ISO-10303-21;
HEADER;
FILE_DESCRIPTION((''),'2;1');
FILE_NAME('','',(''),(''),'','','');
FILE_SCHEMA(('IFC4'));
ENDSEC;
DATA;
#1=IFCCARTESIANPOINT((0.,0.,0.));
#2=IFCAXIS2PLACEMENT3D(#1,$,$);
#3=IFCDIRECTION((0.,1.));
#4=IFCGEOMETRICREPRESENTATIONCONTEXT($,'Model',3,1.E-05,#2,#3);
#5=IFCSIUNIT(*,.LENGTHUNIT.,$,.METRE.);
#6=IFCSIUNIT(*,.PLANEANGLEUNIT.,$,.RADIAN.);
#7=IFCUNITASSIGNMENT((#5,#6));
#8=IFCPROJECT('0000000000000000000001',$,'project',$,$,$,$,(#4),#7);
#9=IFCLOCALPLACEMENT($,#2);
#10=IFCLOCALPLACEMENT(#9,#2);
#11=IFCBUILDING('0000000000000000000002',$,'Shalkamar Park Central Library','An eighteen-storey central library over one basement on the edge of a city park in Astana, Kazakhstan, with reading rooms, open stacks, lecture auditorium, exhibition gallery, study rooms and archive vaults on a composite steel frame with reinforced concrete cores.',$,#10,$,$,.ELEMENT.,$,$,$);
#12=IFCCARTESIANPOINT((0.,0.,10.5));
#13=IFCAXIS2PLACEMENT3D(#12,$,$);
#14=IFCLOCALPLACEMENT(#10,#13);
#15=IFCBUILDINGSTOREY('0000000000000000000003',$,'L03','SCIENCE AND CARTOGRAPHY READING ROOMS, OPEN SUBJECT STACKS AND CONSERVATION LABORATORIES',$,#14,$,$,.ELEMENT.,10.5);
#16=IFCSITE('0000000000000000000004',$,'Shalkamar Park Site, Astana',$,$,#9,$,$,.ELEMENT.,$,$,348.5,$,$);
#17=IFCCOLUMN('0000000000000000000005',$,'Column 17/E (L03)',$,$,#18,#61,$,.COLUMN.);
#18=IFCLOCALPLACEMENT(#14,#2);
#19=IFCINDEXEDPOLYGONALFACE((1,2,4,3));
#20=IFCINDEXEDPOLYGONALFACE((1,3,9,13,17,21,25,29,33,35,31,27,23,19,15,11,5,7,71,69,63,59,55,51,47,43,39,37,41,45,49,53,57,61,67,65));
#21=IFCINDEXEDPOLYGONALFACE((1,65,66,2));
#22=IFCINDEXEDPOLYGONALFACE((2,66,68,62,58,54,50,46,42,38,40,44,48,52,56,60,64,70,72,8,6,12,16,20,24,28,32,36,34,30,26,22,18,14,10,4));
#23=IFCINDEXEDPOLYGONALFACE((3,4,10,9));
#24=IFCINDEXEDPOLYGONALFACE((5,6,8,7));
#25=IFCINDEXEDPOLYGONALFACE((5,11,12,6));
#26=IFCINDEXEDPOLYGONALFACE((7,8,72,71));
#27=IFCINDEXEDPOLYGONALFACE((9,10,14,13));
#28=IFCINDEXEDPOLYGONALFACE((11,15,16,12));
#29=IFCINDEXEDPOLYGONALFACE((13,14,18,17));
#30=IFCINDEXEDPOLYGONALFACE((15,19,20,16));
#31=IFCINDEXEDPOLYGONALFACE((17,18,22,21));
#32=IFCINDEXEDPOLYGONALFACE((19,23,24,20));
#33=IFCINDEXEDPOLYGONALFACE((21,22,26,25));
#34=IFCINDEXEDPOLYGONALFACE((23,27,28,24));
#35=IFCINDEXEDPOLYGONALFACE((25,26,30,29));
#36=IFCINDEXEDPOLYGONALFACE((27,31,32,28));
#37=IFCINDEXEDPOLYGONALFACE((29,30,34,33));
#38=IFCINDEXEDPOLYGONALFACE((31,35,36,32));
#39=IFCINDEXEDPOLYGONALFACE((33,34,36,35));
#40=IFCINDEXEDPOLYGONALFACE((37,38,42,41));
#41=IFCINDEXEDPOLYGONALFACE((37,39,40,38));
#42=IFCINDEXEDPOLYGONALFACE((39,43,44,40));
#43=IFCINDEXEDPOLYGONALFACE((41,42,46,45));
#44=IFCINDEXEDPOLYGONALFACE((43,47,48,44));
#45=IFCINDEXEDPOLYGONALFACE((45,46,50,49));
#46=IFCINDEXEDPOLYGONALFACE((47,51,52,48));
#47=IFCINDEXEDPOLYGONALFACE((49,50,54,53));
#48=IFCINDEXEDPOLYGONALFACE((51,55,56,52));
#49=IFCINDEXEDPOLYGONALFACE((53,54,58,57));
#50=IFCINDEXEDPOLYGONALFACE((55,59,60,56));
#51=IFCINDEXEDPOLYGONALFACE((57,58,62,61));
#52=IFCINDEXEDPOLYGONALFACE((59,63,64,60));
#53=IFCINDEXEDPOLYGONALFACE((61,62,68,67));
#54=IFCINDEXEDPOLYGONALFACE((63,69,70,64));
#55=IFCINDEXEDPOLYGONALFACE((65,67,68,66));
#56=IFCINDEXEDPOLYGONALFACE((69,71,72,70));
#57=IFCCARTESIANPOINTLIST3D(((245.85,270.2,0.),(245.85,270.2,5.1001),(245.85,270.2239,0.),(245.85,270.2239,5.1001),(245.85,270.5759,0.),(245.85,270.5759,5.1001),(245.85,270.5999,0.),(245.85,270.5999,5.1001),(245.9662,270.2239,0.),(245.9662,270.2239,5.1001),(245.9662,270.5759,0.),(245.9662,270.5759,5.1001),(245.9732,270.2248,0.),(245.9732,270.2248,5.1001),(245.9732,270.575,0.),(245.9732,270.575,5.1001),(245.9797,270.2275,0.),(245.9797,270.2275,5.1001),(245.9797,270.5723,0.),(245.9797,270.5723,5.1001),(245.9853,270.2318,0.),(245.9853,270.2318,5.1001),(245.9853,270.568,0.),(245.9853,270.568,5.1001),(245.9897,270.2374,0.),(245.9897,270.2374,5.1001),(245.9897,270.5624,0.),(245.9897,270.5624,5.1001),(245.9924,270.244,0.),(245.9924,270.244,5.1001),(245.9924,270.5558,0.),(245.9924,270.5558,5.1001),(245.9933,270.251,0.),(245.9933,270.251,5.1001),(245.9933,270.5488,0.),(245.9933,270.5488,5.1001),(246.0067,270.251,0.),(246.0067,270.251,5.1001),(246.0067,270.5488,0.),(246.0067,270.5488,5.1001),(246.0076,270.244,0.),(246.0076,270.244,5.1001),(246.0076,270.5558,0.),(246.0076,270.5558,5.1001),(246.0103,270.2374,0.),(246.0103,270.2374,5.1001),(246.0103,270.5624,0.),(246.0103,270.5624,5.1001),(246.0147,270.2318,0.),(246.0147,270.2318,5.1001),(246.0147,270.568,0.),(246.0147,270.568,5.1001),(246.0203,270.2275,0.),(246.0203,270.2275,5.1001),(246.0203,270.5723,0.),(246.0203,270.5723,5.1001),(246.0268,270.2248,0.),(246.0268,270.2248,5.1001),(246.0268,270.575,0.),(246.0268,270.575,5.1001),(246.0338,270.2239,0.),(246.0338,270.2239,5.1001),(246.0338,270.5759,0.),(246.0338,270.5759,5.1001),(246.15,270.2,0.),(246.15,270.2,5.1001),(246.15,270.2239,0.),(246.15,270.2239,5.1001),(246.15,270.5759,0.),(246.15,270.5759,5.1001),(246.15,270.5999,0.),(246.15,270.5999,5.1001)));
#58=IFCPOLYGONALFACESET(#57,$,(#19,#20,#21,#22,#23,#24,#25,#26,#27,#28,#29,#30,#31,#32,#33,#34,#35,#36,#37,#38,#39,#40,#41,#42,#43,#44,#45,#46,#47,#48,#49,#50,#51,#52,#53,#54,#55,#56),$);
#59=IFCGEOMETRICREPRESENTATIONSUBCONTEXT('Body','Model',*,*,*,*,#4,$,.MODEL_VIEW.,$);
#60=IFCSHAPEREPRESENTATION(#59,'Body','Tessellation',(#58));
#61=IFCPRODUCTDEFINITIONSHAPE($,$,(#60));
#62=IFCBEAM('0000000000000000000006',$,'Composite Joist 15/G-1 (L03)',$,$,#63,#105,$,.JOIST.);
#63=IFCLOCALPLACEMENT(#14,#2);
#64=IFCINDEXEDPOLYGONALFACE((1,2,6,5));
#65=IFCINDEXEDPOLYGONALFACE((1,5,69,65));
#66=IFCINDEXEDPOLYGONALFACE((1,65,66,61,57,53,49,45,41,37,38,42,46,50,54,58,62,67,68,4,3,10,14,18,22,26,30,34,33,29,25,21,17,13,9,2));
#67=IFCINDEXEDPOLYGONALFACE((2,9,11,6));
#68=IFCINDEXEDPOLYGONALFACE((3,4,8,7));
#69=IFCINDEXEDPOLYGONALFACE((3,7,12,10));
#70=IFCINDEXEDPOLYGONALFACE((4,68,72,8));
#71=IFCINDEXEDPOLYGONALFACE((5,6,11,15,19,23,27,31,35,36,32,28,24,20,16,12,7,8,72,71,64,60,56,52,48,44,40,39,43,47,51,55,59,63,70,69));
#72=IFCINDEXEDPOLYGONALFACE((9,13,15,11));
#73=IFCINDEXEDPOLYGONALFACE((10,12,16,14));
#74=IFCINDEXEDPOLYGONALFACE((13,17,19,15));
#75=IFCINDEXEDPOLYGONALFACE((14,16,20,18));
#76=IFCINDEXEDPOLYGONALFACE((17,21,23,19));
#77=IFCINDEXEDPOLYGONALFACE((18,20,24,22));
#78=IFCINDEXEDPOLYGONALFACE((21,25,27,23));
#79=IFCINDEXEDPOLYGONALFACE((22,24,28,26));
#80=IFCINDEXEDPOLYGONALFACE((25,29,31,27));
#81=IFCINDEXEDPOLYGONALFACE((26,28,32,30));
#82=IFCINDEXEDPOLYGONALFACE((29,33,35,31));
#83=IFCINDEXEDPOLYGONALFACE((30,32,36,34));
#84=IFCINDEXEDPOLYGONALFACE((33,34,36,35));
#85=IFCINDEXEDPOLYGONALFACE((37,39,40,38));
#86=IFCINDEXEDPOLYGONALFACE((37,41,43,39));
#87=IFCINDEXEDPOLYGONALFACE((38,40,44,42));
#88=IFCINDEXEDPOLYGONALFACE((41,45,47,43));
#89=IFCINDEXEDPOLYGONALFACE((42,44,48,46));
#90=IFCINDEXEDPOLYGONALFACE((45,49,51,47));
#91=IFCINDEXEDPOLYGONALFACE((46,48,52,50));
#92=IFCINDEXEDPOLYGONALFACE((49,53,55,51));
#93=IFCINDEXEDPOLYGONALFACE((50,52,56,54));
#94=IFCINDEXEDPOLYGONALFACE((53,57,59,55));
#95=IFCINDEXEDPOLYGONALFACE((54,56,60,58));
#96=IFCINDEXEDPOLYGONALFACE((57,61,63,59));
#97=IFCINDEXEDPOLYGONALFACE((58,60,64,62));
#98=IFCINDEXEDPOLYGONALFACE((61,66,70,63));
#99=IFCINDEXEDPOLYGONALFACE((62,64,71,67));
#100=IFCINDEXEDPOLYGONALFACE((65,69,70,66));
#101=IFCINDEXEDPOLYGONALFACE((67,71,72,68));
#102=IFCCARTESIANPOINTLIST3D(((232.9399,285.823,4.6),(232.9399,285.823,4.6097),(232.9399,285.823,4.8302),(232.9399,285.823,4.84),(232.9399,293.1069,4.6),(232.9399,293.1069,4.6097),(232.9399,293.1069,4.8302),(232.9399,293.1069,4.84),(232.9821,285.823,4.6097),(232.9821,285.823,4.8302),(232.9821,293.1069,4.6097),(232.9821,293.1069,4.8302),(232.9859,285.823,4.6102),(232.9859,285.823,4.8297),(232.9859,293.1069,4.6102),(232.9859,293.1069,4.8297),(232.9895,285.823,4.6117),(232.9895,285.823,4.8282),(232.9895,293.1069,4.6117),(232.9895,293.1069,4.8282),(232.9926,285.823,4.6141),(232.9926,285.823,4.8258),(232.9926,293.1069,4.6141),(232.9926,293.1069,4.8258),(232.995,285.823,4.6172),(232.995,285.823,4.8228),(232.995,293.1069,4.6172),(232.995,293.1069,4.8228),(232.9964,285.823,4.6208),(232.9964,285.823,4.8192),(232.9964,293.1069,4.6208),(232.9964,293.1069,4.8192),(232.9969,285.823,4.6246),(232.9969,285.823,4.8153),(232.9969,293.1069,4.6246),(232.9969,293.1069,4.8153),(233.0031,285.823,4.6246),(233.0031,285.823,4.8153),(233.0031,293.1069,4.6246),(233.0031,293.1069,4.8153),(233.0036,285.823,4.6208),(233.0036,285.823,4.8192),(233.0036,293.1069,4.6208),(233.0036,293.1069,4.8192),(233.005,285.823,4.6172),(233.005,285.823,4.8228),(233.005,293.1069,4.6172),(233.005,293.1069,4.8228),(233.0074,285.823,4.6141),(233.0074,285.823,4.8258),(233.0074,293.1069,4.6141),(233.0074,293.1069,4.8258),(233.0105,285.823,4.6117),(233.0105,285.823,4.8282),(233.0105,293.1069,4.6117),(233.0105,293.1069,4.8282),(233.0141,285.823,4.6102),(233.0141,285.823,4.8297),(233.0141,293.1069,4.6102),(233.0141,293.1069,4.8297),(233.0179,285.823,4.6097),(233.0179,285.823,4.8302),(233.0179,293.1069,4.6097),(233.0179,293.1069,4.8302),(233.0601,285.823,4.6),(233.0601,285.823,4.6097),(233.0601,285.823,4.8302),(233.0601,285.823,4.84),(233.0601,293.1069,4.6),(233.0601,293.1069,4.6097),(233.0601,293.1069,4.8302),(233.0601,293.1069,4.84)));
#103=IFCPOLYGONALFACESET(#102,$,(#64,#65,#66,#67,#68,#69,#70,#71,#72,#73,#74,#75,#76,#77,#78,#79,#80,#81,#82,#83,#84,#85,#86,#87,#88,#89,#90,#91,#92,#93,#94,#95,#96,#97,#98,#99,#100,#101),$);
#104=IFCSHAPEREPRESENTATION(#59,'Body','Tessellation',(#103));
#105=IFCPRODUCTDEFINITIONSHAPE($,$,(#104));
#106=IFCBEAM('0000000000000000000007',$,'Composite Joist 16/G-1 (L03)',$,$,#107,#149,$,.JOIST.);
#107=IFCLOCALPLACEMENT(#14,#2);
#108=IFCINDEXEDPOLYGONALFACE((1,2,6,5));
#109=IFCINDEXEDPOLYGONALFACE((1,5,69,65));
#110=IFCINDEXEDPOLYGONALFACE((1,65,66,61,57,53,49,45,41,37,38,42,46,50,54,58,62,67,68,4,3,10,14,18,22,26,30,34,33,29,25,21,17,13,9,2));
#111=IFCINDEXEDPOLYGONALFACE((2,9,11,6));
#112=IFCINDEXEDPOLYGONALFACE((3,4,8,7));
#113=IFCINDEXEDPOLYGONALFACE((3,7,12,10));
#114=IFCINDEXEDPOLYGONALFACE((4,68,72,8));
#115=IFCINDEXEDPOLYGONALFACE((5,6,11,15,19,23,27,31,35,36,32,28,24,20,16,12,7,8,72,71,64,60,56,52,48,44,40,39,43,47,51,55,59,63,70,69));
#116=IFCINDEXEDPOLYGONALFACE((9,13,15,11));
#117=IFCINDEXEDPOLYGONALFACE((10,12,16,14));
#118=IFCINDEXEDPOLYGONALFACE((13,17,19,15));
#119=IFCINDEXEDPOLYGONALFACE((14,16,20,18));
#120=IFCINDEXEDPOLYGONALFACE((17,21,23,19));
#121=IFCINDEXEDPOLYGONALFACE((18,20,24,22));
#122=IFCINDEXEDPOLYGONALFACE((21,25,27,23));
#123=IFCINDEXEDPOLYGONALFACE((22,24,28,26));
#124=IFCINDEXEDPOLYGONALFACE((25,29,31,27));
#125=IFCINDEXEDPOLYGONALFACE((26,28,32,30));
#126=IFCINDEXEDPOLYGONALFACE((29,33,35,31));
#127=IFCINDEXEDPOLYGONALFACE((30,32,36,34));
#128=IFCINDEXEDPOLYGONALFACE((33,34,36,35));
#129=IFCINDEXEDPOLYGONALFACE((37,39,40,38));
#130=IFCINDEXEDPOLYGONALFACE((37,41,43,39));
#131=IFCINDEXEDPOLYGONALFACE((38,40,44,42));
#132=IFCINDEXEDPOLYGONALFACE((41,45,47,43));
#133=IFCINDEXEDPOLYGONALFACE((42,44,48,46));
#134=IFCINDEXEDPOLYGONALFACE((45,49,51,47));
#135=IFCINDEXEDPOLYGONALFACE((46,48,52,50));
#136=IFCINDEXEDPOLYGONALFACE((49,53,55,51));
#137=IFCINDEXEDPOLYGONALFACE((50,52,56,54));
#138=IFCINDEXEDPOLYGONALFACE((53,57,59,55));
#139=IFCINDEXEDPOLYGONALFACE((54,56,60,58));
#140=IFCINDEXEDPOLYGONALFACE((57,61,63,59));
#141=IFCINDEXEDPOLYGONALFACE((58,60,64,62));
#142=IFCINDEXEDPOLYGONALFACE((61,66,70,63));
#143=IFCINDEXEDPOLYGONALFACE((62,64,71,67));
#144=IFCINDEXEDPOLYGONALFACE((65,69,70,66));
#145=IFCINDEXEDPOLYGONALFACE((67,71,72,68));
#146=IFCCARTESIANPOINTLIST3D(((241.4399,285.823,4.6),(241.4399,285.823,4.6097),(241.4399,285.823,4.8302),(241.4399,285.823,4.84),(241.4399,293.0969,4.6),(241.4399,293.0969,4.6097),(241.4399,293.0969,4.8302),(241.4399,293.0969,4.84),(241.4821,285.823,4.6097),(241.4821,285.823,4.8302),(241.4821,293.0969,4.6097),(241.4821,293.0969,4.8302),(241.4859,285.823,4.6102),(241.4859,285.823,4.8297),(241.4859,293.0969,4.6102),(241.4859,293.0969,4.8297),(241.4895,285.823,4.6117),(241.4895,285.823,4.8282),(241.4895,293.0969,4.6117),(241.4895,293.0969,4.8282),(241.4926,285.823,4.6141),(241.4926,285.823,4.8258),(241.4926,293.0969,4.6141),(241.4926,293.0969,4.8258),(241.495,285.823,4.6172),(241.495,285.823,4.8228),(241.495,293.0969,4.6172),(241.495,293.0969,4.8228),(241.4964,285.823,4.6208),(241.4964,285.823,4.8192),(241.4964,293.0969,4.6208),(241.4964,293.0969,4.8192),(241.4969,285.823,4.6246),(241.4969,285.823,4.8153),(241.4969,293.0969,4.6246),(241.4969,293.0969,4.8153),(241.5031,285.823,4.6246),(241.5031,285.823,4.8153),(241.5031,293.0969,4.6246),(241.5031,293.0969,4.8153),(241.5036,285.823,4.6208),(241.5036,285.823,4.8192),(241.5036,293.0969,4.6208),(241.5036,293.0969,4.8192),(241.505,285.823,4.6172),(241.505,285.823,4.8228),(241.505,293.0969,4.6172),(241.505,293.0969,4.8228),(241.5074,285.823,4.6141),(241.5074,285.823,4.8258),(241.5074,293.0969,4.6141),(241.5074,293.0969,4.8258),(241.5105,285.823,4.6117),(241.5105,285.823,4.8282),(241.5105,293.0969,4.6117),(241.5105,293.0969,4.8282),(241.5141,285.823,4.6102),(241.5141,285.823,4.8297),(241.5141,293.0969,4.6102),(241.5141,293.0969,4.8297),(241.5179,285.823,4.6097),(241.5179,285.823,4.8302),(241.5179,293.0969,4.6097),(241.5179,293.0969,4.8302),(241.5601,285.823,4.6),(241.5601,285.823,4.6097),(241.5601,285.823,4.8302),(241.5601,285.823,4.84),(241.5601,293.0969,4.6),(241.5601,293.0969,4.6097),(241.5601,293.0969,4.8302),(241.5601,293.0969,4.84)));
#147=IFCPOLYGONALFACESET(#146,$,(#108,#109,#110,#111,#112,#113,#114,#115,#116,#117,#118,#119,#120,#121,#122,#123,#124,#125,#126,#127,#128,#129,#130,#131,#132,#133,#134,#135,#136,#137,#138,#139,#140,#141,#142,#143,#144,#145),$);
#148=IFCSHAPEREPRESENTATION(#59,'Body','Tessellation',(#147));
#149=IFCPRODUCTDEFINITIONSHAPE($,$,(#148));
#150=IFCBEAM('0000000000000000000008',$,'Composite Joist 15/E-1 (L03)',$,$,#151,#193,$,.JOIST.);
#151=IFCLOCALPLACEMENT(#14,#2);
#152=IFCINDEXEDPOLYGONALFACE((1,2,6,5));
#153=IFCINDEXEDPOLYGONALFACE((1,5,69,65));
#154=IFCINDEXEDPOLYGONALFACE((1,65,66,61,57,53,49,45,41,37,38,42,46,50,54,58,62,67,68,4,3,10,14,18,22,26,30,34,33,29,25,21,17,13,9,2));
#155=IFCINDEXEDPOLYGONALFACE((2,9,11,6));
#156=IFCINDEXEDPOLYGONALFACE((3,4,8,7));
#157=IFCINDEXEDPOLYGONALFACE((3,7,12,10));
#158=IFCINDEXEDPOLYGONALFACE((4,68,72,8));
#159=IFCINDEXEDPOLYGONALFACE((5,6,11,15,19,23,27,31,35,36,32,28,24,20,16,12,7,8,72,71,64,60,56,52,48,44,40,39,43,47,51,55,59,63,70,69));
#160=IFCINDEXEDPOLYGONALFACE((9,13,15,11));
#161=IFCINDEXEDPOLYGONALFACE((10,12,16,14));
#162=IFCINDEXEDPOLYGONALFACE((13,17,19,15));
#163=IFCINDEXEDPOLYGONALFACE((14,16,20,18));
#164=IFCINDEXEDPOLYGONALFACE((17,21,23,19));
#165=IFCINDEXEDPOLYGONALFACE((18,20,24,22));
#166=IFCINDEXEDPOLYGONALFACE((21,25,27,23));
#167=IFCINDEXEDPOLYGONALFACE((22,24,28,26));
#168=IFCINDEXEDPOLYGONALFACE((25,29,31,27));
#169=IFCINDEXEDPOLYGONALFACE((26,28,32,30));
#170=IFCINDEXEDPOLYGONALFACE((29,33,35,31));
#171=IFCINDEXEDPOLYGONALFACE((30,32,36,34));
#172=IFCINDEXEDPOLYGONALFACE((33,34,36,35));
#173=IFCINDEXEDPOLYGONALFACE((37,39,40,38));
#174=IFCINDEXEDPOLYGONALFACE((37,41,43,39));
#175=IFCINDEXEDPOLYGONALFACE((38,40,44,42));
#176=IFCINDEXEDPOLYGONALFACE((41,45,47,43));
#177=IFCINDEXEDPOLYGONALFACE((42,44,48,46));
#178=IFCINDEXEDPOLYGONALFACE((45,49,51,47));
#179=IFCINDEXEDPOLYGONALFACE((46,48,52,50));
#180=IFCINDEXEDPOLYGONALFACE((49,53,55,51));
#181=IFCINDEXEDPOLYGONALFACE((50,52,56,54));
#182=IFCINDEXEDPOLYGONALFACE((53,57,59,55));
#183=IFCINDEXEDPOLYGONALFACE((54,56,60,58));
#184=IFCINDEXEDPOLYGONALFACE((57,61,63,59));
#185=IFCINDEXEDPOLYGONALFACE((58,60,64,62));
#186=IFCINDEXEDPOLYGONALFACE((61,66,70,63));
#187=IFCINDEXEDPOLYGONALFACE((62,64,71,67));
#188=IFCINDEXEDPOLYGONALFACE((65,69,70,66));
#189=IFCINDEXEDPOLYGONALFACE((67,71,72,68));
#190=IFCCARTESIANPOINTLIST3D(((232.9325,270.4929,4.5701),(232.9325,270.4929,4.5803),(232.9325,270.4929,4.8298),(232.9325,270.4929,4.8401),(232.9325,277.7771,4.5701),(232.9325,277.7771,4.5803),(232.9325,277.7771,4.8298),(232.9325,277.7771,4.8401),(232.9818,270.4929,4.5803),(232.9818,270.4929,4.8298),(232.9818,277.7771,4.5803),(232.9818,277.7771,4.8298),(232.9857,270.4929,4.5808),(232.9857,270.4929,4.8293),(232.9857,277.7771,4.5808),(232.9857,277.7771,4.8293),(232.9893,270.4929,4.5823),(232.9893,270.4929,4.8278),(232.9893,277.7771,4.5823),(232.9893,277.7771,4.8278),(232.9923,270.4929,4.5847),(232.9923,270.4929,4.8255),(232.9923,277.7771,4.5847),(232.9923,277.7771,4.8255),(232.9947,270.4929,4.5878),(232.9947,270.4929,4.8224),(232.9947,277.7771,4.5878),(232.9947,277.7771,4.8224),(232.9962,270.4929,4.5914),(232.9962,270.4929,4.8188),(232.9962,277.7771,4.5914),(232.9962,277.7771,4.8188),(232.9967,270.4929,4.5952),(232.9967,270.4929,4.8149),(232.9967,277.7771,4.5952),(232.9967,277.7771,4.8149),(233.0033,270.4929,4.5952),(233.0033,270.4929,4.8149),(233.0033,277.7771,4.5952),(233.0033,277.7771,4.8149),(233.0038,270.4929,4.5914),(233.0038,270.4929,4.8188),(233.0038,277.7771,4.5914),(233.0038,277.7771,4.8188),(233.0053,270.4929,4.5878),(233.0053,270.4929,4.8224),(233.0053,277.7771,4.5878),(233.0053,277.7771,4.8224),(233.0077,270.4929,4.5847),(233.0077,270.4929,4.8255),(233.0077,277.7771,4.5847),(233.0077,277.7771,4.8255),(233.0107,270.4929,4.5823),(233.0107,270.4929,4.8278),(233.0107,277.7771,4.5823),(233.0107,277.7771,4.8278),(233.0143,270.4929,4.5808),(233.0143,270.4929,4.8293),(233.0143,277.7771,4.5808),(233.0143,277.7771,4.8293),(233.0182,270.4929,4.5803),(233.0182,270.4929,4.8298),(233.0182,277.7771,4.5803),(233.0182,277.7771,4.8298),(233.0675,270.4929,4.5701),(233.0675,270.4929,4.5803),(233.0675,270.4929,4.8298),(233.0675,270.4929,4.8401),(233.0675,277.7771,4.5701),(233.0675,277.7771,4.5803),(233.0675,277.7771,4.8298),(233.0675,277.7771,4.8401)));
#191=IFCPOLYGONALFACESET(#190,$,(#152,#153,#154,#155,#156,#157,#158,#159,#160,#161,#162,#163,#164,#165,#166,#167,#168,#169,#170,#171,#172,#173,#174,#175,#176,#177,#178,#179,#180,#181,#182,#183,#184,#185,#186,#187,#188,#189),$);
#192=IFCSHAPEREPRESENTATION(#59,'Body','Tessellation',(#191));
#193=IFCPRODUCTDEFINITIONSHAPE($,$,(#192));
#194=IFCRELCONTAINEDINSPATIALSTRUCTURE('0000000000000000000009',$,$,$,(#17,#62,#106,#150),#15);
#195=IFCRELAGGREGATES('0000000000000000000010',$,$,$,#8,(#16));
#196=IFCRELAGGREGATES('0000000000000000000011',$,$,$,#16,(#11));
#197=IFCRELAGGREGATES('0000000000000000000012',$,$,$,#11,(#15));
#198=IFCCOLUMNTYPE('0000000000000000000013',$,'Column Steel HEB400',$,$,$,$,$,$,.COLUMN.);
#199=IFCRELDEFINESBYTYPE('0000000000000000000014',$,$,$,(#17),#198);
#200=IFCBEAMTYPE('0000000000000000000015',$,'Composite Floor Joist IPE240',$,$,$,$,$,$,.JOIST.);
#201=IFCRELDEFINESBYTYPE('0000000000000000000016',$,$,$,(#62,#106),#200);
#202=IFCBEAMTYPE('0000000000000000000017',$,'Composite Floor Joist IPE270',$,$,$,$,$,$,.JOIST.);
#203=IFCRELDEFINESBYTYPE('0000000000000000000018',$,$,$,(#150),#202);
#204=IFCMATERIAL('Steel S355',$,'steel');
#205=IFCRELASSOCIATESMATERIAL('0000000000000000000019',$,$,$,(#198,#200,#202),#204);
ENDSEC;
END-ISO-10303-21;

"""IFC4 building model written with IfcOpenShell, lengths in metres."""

from ifc_helpers import new_model, si_unit, direction, frame, origin, origin_2d, place, context, subcontext, project, spatial, i_section, extrude, material, material_profile, profile_set, type_object, element, save


model = new_model("IFC4")

# Units and contexts
model_context = context("Model", 3, precision=1e-05, world=origin(), true_north=direction((0.0, 1.0)))
body_context = subcontext(model_context, "Body", "Model", "MODEL_VIEW")
ifc_project = project(units=[si_unit("LENGTHUNIT", "METRE"), si_unit("PLANEANGLEUNIT", "RADIAN")], contexts=[model_context])

# Site, building, storey
site_placement = place(None, origin())
site = spatial("IfcSite", under=ifc_project, at=site_placement, Name="Shalkamar Park Site, Astana", CompositionType="ELEMENT", RefElevation=348.5)
building_placement = place(site_placement, origin())
building = spatial("IfcBuilding", under=site, at=building_placement, Name="Shalkamar Park Central Library", Description="An eighteen-storey central library over one basement on the edge of a city park in Astana, Kazakhstan, with reading rooms, open stacks, lecture auditorium, exhibition gallery, study rooms and archive vaults on a composite steel frame with reinforced concrete cores.", CompositionType="ELEMENT")
storey_placement = place(building_placement, frame((0.0, 0.0, 10.5)))
storey = spatial("IfcBuildingStorey", under=building, at=storey_placement, Name="L03", Description="SCIENCE AND CARTOGRAPHY READING ROOMS, OPEN SUBJECT STACKS AND CONSERVATION LABORATORIES", CompositionType="ELEMENT", Elevation=10.5)

# Column
ifc_material_1 = material(Name="Steel S355", Category="steel")
ifc_material_profile_1 = material_profile(ifc_material_1, i_section(OverallWidth=0.3, OverallDepth=0.3999, WebThickness=0.0134, FlangeThickness=0.0239, FilletRadius=0.0271, at=origin_2d()), Name="HEB 400")
ifc_profile_set_1 = profile_set([ifc_material_profile_1], Name="Steel S355")
column_type = type_object("IfcColumnType", Name="Column Steel HEB400", PredefinedType="COLUMN", material=ifc_profile_set_1)
column_placement = place(storey_placement, frame((246.0, 270.3999, 0.0), z_axis=(0.0, 0.0, 1.0), x_axis=(1.0, 0.0, 0.0)))
element("IfcColumn", 1, at=column_placement, inside=storey, type_object=column_type, Name="Column 17/E (L03)", PredefinedType="COLUMN", context=body_context, shape_type="SweptSolid", body=[
    extrude(i_section(OverallWidth=0.3, OverallDepth=0.3999, WebThickness=0.0134, FlangeThickness=0.0239, FilletRadius=0.0271, at=origin_2d()), origin(), (0.0, 0.0, 1.0), 5.1001),
])

# Beams
ifc_material_profile_2 = material_profile(ifc_material_1, i_section(OverallWidth=0.1201, OverallDepth=0.24, WebThickness=0.0061, FlangeThickness=0.0098, FilletRadius=0.0149, at=origin_2d()), Name="IPE 240")
ifc_profile_set_2 = profile_set([ifc_material_profile_2], Name="Steel S355")
beam_type_1 = type_object("IfcBeamType", Name="Composite Floor Joist IPE240", PredefinedType="JOIST", material=ifc_profile_set_2)
beam_1_placement = place(storey_placement, frame((233.0, 285.823, 4.72), z_axis=(0.0, 1.0, 0.0), x_axis=(-1.0, 0.0, 0.0)))
element("IfcBeam", 2, at=beam_1_placement, inside=storey, type_object=beam_type_1, Name="Composite Joist 15/G-1 (L03)", PredefinedType="JOIST", context=body_context, shape_type="SweptSolid", body=[
    extrude(i_section(OverallWidth=0.1201, OverallDepth=0.24, WebThickness=0.0061, FlangeThickness=0.0098, FilletRadius=0.0149, at=origin_2d()), origin(), (0.0, 0.0, 1.0), 7.2839),
])
beam_2_placement = place(storey_placement, frame((241.5, 285.823, 4.72), z_axis=(0.0, 1.0, 0.0), x_axis=(-1.0, 0.0, 0.0)))
element("IfcBeam", 3, at=beam_2_placement, inside=storey, type_object=beam_type_1, Name="Composite Joist 16/G-1 (L03)", PredefinedType="JOIST", context=body_context, shape_type="SweptSolid", body=[
    extrude(i_section(OverallWidth=0.1201, OverallDepth=0.24, WebThickness=0.0061, FlangeThickness=0.0098, FilletRadius=0.0149, at=origin_2d()), origin(), (0.0, 0.0, 1.0), 7.2739),
])
ifc_material_profile_3 = material_profile(ifc_material_1, i_section(OverallWidth=0.135, OverallDepth=0.27, WebThickness=0.0066, FlangeThickness=0.0103, FilletRadius=0.0149, at=origin_2d()), Name="IPE 270")
ifc_profile_set_3 = profile_set([ifc_material_profile_3], Name="Steel S355")
beam_type_2 = type_object("IfcBeamType", Name="Composite Floor Joist IPE270", PredefinedType="JOIST", material=ifc_profile_set_3)
beam_3_placement = place(storey_placement, frame((233.0, 270.4929, 4.7051), z_axis=(0.0, 1.0, 0.0), x_axis=(-1.0, 0.0, 0.0)))
element("IfcBeam", 4, at=beam_3_placement, inside=storey, type_object=beam_type_2, Name="Composite Joist 15/E-1 (L03)", PredefinedType="JOIST", context=body_context, shape_type="SweptSolid", body=[
    extrude(i_section(OverallWidth=0.135, OverallDepth=0.27, WebThickness=0.0066, FlangeThickness=0.0103, FilletRadius=0.0149, at=origin_2d()), origin(), (0.0, 0.0, 1.0), 7.2842),
])

save(model, "model.ifc")
